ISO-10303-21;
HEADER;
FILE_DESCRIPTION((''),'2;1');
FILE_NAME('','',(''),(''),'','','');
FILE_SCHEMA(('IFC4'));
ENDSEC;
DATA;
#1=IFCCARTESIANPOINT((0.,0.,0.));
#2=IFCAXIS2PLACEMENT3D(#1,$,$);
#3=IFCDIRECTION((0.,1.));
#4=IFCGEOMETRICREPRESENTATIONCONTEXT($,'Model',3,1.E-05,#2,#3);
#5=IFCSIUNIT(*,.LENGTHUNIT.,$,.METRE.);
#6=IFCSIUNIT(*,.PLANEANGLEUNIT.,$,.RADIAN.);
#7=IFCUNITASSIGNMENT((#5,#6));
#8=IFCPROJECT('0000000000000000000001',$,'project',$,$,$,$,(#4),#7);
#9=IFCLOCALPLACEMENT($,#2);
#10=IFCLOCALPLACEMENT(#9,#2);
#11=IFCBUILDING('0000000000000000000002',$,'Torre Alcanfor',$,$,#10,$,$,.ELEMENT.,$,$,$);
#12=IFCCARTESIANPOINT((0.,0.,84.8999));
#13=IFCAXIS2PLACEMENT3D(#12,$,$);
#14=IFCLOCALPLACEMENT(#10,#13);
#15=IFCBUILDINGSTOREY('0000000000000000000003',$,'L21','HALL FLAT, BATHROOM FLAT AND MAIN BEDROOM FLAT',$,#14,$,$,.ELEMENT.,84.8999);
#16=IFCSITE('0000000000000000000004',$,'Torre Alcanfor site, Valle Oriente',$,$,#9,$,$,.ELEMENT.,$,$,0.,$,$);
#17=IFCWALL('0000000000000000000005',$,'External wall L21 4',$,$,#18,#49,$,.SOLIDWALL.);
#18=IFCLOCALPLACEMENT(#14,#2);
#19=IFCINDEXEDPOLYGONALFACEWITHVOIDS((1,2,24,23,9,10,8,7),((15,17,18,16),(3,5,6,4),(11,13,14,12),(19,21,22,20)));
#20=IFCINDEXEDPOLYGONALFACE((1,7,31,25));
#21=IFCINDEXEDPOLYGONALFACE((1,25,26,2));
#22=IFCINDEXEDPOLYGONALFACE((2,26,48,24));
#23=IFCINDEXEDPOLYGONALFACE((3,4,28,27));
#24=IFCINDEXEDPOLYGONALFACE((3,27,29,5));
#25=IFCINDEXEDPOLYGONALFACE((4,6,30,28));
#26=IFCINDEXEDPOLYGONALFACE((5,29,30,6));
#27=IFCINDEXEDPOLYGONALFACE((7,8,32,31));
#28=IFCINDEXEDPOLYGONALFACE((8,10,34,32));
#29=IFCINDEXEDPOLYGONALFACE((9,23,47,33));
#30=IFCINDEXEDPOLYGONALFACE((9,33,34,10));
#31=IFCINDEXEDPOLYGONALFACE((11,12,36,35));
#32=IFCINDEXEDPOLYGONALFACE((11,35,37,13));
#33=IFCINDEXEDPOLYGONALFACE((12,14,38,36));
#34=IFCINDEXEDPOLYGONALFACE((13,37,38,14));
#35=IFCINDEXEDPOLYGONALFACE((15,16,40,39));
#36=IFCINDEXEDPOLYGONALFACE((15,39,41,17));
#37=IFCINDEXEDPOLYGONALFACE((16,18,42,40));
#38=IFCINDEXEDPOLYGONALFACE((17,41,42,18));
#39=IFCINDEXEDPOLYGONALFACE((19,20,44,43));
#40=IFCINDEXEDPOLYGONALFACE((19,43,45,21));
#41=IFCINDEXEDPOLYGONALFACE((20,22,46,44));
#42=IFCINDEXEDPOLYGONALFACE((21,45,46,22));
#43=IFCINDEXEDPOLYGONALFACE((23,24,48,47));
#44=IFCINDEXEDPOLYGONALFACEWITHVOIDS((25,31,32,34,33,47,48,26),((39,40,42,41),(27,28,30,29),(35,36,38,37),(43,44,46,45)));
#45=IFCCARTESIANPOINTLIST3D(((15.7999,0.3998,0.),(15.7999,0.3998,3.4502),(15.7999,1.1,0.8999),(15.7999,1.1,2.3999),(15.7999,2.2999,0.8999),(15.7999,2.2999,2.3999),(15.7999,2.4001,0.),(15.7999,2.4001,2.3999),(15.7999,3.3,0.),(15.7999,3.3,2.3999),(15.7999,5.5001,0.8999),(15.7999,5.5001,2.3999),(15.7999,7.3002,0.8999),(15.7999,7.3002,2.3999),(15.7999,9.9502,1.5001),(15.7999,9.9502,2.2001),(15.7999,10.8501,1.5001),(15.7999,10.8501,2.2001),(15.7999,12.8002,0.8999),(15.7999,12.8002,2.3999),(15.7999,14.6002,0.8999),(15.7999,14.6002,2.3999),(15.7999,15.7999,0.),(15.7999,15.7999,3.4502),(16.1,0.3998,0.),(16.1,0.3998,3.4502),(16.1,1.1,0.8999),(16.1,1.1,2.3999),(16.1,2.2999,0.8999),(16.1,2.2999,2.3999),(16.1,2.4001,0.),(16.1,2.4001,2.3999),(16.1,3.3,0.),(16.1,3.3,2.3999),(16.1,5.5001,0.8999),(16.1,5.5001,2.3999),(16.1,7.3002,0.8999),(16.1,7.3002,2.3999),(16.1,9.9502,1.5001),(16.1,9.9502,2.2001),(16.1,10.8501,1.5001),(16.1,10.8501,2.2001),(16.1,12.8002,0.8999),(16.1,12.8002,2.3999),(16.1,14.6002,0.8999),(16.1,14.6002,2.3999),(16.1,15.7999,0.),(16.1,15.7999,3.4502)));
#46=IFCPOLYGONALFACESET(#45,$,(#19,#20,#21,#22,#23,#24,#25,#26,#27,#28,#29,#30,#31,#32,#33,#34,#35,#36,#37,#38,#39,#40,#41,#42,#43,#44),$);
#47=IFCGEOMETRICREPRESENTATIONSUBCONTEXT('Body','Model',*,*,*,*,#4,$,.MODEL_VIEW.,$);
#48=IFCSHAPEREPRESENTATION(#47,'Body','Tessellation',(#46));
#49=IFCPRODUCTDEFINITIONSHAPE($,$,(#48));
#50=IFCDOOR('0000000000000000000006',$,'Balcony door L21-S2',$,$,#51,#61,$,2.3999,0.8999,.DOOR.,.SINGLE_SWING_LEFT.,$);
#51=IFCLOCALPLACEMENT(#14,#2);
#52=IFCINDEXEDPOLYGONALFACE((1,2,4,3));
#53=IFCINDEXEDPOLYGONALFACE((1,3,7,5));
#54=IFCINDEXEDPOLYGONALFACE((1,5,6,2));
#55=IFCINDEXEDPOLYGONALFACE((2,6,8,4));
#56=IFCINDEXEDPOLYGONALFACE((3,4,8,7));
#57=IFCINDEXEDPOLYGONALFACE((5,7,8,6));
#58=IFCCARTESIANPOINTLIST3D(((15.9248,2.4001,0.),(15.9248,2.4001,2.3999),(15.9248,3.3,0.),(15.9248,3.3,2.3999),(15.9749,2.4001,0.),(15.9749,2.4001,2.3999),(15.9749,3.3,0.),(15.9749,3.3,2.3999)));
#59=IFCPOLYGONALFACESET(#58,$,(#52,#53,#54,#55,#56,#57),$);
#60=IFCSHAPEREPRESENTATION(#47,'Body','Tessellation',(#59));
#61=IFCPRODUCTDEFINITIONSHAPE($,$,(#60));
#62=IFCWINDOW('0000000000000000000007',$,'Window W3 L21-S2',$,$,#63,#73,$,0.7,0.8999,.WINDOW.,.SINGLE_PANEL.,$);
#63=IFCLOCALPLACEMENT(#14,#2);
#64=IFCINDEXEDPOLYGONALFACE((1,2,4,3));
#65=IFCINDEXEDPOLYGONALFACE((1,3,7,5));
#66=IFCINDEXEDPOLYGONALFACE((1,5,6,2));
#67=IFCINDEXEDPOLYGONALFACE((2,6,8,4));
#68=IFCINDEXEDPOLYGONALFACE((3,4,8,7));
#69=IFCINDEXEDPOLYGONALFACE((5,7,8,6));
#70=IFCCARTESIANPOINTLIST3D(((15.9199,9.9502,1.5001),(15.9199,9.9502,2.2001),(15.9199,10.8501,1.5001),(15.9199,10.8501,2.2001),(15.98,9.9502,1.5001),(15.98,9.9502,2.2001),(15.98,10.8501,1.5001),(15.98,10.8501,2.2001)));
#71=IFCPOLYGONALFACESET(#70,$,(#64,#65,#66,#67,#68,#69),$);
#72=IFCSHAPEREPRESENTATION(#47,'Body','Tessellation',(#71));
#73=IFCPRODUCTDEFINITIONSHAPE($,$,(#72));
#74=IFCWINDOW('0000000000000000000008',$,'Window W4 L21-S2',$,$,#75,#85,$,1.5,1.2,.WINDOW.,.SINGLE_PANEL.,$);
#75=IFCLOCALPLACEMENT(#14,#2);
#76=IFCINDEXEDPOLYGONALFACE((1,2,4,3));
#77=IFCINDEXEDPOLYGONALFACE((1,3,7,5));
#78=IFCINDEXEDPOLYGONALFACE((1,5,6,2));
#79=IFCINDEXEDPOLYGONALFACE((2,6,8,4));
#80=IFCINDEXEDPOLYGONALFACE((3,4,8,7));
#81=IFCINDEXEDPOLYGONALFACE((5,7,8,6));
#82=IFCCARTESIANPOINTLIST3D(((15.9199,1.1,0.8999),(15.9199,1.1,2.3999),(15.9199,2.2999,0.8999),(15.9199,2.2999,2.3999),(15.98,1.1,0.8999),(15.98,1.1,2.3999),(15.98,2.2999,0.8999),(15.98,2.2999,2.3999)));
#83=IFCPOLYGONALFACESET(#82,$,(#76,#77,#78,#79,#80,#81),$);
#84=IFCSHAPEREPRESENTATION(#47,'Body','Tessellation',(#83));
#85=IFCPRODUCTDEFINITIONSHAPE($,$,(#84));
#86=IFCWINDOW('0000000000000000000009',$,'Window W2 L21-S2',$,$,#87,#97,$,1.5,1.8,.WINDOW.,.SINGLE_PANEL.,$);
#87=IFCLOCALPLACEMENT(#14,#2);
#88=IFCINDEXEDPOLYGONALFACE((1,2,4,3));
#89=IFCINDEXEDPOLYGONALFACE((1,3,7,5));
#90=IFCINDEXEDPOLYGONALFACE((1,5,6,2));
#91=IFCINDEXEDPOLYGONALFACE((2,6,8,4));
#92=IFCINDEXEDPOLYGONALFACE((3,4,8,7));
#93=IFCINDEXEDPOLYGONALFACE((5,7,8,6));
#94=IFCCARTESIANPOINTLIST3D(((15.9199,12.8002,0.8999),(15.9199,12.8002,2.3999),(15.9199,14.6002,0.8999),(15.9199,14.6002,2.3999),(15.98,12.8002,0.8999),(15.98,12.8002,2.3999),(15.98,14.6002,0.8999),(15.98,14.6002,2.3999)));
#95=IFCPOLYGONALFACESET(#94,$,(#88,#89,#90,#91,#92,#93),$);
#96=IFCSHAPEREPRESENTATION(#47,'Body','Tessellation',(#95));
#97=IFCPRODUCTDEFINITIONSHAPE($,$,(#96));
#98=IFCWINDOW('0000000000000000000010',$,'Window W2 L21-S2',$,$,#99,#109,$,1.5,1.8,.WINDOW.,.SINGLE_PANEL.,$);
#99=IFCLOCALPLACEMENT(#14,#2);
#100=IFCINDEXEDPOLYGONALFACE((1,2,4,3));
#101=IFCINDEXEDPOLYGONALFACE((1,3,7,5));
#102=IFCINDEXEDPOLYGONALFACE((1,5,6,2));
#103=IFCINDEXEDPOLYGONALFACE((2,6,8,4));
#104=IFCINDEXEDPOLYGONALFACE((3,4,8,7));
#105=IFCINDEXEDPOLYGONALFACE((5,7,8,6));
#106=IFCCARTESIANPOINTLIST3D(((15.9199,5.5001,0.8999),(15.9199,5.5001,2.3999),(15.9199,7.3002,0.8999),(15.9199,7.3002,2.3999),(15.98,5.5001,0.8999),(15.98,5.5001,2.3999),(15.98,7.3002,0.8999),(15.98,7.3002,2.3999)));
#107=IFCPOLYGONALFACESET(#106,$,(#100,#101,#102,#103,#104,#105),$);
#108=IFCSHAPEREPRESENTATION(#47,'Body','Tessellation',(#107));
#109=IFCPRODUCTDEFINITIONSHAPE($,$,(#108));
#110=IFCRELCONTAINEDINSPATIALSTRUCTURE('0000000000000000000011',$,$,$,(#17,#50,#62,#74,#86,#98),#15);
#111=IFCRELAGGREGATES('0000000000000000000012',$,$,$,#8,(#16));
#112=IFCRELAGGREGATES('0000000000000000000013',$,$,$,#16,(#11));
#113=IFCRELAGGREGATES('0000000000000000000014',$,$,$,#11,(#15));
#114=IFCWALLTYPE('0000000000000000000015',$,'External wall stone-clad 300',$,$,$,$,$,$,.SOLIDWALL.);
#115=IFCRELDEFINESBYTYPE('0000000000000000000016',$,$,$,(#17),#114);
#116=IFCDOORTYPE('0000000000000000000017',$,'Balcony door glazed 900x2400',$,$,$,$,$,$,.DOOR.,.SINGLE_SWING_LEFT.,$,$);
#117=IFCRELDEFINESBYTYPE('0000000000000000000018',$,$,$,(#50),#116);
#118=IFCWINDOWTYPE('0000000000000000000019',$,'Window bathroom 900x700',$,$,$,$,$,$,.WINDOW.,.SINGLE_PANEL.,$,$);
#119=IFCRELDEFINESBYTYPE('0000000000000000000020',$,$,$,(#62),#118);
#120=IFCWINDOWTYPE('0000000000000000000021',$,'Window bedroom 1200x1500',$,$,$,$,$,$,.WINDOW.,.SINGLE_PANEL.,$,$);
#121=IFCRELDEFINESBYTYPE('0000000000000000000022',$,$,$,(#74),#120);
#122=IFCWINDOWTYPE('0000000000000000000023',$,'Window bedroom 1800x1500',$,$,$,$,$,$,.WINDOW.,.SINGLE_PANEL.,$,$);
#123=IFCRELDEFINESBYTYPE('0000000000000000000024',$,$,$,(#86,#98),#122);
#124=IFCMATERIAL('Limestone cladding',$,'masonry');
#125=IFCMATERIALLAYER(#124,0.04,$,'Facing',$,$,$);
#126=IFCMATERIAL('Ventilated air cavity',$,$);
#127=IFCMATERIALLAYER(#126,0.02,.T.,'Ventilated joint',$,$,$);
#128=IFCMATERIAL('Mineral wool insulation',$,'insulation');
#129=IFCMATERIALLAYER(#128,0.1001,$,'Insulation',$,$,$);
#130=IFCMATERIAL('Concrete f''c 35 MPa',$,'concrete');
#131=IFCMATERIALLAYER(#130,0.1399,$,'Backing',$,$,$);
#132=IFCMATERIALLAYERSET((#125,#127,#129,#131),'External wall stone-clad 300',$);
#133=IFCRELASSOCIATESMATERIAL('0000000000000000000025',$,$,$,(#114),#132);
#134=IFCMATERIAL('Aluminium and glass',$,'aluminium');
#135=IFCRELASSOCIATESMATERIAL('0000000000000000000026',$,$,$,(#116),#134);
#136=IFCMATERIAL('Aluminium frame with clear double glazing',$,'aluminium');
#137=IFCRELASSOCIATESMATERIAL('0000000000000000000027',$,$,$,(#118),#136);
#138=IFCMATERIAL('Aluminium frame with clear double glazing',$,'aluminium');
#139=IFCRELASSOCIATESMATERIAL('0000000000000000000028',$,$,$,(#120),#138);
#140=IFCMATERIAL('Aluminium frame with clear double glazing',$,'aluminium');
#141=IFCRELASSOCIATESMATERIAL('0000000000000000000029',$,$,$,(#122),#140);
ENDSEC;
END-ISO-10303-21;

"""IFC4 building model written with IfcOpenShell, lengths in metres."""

from ifc_helpers import new_model, si_unit, direction, frame, frame_2d, origin, place, context, subcontext, project, spatial, rectangle, extrude, material, layer, layer_set, type_object, element, fill, save


model = new_model("IFC4")

# Units and contexts
model_context = context("Model", 3, precision=1e-05, world=origin(), true_north=direction((0.0, 1.0)))
body_context = subcontext(model_context, "Body", "Model", "MODEL_VIEW")
ifc_project = project(units=[si_unit("LENGTHUNIT", "METRE"), si_unit("PLANEANGLEUNIT", "RADIAN")], contexts=[model_context])

# Site, building, storey
site_placement = place(None, origin())
site = spatial("IfcSite", under=ifc_project, at=site_placement, Name="Torre Alcanfor site, Valle Oriente", CompositionType="ELEMENT", RefElevation=0.0)
building_placement = place(site_placement, origin())
building = spatial("IfcBuilding", under=site, at=building_placement, Name="Torre Alcanfor", CompositionType="ELEMENT")
storey_placement = place(building_placement, frame((0.0, 0.0, 84.8999)))
storey = spatial("IfcBuildingStorey", under=building, at=storey_placement, Name="L21", Description="HALL FLAT, BATHROOM FLAT AND MAIN BEDROOM FLAT", CompositionType="ELEMENT", Elevation=84.8999)

# Wall, openings, door, windows
ifc_material_1 = material(Name="Limestone cladding", Category="masonry")
ifc_layer_1 = layer(ifc_material_1, 0.04, Name="Facing")
ifc_material_2 = material(Name="Ventilated air cavity")
ifc_layer_2 = layer(ifc_material_2, 0.02, ventilated=True, Name="Ventilated joint")
ifc_material_3 = material(Name="Mineral wool insulation", Category="insulation")
ifc_layer_3 = layer(ifc_material_3, 0.1001, Name="Insulation")
ifc_material_4 = material(Name="Concrete f'c 35 MPa", Category="concrete")
ifc_layer_4 = layer(ifc_material_4, 0.1399, Name="Backing")
ifc_layer_set_1 = layer_set([ifc_layer_1, ifc_layer_2, ifc_layer_3, ifc_layer_4], Name="External wall stone-clad 300")
wall_type_1 = type_object("IfcWallType", Name="External wall stone-clad 300", PredefinedType="SOLIDWALL", material=ifc_layer_set_1)
ifc_material_5 = material(Name="Aluminium and glass", Category="aluminium")
door_type = type_object("IfcDoorType", Name="Balcony door glazed 900x2400", OperationType="SINGLE_SWING_LEFT", PredefinedType="DOOR", material=ifc_material_5)
ifc_material_6 = material(Name="Aluminium frame with clear double glazing", Category="aluminium")
window_type_1 = type_object("IfcWindowType", Name="Window bathroom 900x700", PartitioningType="SINGLE_PANEL", PredefinedType="WINDOW", material=ifc_material_6)
ifc_material_7 = material(Name="Aluminium frame with clear double glazing", Category="aluminium")
window_type_2 = type_object("IfcWindowType", Name="Window bedroom 1200x1500", PartitioningType="SINGLE_PANEL", PredefinedType="WINDOW", material=ifc_material_7)
ifc_material_8 = material(Name="Aluminium frame with clear double glazing", Category="aluminium")
window_type_3 = type_object("IfcWindowType", Name="Window bedroom 1800x1500", PartitioningType="SINGLE_PANEL", PredefinedType="WINDOW", material=ifc_material_8)
wall_1_placement = place(storey_placement, frame((15.95, 15.8, 0.0), z_axis=(0.0, 0.0, 1.0), x_axis=(0.0, -1.0, 0.0)))
wall_1 = element("IfcWall", 1, at=wall_1_placement, inside=storey, type_object=wall_type_1, Name="External wall L21 4", PredefinedType="SOLIDWALL", context=body_context, shape_type="SweptSolid", body=[
    extrude(rectangle(XDim=15.4001, YDim=0.3, at=frame_2d((7.7002, 0.0))), origin(), (0.0, 0.0, 1.0), 3.4502),
])
opening_1_placement = place(wall_1_placement, frame((1.2, 0.0, 0.8999)))
opening_1 = element("IfcOpeningElement", 2, at=opening_1_placement, cuts=wall_1, PredefinedType="OPENING", context=body_context, shape_type="SweptSolid", body=[
    extrude(rectangle(XDim=1.8, YDim=1.5, at=frame_2d((0.8999, 0.75))), frame((0.0, 0.1599, 0.0), z_axis=(0.0, -1.0, 0.0), x_axis=(1.0, 0.0, 0.0)), (0.0, 0.0, 1.0), 0.3201),
])
opening_2_placement = place(wall_1_placement, frame((4.95, 0.0, 1.5)))
opening_2 = element("IfcOpeningElement", 3, at=opening_2_placement, cuts=wall_1, PredefinedType="OPENING", context=body_context, shape_type="SweptSolid", body=[
    extrude(rectangle(XDim=0.8999, YDim=0.7, at=frame_2d((0.45, 0.3501))), frame((0.0, 0.1599, 0.0), z_axis=(0.0, -1.0, 0.0), x_axis=(1.0, 0.0, 0.0)), (0.0, 0.0, 1.0), 0.3201),
])
opening_3_placement = place(wall_1_placement, frame((8.5, 0.0, 0.8999)))
opening_3 = element("IfcOpeningElement", 4, at=opening_3_placement, cuts=wall_1, PredefinedType="OPENING", context=body_context, shape_type="SweptSolid", body=[
    extrude(rectangle(XDim=1.8, YDim=1.5, at=frame_2d((0.8999, 0.75))), frame((0.0, 0.1599, 0.0), z_axis=(0.0, -1.0, 0.0), x_axis=(1.0, 0.0, 0.0)), (0.0, 0.0, 1.0), 0.3201),
])
opening_4_placement = place(wall_1_placement, frame((12.5, 0.0, 0.0)))
opening_4 = element("IfcOpeningElement", 5, at=opening_4_placement, cuts=wall_1, PredefinedType="OPENING", context=body_context, shape_type="SweptSolid", body=[
    extrude(rectangle(XDim=0.8999, YDim=2.3999, at=frame_2d((0.45, 1.2))), frame((0.0, 0.1599, 0.0), z_axis=(0.0, -1.0, 0.0), x_axis=(1.0, 0.0, 0.0)), (0.0, 0.0, 1.0), 0.3201),
])
opening_5_placement = place(wall_1_placement, frame((13.5, 0.0, 0.8999)))
opening_5 = element("IfcOpeningElement", 6, at=opening_5_placement, cuts=wall_1, PredefinedType="OPENING", context=body_context, shape_type="SweptSolid", body=[
    extrude(rectangle(XDim=1.2, YDim=1.5, at=frame_2d((0.6001, 0.75))), frame((0.0, 0.1599, 0.0), z_axis=(0.0, -1.0, 0.0), x_axis=(1.0, 0.0, 0.0)), (0.0, 0.0, 1.0), 0.3201),
])
door_1_placement = place(opening_4_placement, origin())
door_1 = element("IfcDoor", 7, at=door_1_placement, inside=storey, type_object=door_type, Name="Balcony door L21-S2", OperationType="SINGLE_SWING_LEFT", OverallHeight=2.3999, OverallWidth=0.8999, PredefinedType="DOOR", context=body_context, shape_type="SweptSolid", body=[
    extrude(rectangle(XDim=0.8999, YDim=2.3999, at=frame_2d((0.45, 1.2))), frame((0.0, 0.0249, 0.0), z_axis=(0.0, -1.0, 0.0), x_axis=(1.0, 0.0, 0.0)), (0.0, 0.0, 1.0), 0.05),
])
fill(opening_4, door_1)
window_1_placement = place(opening_2_placement, origin())
window_1 = element("IfcWindow", 8, at=window_1_placement, inside=storey, type_object=window_type_1, Name="Window W3 L21-S2", OverallHeight=0.7, OverallWidth=0.8999, PartitioningType="SINGLE_PANEL", PredefinedType="WINDOW", context=body_context, shape_type="SweptSolid", body=[
    extrude(rectangle(XDim=0.8999, YDim=0.7, at=frame_2d((0.45, 0.3501))), frame((0.0, 0.03, 0.0), z_axis=(0.0, -1.0, 0.0), x_axis=(1.0, 0.0, 0.0)), (0.0, 0.0, 1.0), 0.0601),
])
fill(opening_2, window_1)
window_2_placement = place(opening_5_placement, origin())
window_2 = element("IfcWindow", 9, at=window_2_placement, inside=storey, type_object=window_type_2, Name="Window W4 L21-S2", OverallHeight=1.5, OverallWidth=1.2, PartitioningType="SINGLE_PANEL", PredefinedType="WINDOW", context=body_context, shape_type="SweptSolid", body=[
    extrude(rectangle(XDim=1.2, YDim=1.5, at=frame_2d((0.6001, 0.75))), frame((0.0, 0.03, 0.0), z_axis=(0.0, -1.0, 0.0), x_axis=(1.0, 0.0, 0.0)), (0.0, 0.0, 1.0), 0.0601),
])
fill(opening_5, window_2)
window_3_placement = place(opening_1_placement, origin())
window_3 = element("IfcWindow", 10, at=window_3_placement, inside=storey, type_object=window_type_3, Name="Window W2 L21-S2", OverallHeight=1.5, OverallWidth=1.8, PartitioningType="SINGLE_PANEL", PredefinedType="WINDOW", context=body_context, shape_type="SweptSolid", body=[
    extrude(rectangle(XDim=1.8, YDim=1.5, at=frame_2d((0.8999, 0.75))), frame((0.0, 0.03, 0.0), z_axis=(0.0, -1.0, 0.0), x_axis=(1.0, 0.0, 0.0)), (0.0, 0.0, 1.0), 0.0601),
])
fill(opening_1, window_3)
window_4_placement = place(opening_3_placement, origin())
window_4 = element("IfcWindow", 11, at=window_4_placement, inside=storey, type_object=window_type_3, Name="Window W2 L21-S2", OverallHeight=1.5, OverallWidth=1.8, PartitioningType="SINGLE_PANEL", PredefinedType="WINDOW", context=body_context, shape_type="SweptSolid", body=[
    extrude(rectangle(XDim=1.8, YDim=1.5, at=frame_2d((0.8999, 0.75))), frame((0.0, 0.03, 0.0), z_axis=(0.0, -1.0, 0.0), x_axis=(1.0, 0.0, 0.0)), (0.0, 0.0, 1.0), 0.0601),
])
fill(opening_3, window_4)

save(model, "model.ifc")
